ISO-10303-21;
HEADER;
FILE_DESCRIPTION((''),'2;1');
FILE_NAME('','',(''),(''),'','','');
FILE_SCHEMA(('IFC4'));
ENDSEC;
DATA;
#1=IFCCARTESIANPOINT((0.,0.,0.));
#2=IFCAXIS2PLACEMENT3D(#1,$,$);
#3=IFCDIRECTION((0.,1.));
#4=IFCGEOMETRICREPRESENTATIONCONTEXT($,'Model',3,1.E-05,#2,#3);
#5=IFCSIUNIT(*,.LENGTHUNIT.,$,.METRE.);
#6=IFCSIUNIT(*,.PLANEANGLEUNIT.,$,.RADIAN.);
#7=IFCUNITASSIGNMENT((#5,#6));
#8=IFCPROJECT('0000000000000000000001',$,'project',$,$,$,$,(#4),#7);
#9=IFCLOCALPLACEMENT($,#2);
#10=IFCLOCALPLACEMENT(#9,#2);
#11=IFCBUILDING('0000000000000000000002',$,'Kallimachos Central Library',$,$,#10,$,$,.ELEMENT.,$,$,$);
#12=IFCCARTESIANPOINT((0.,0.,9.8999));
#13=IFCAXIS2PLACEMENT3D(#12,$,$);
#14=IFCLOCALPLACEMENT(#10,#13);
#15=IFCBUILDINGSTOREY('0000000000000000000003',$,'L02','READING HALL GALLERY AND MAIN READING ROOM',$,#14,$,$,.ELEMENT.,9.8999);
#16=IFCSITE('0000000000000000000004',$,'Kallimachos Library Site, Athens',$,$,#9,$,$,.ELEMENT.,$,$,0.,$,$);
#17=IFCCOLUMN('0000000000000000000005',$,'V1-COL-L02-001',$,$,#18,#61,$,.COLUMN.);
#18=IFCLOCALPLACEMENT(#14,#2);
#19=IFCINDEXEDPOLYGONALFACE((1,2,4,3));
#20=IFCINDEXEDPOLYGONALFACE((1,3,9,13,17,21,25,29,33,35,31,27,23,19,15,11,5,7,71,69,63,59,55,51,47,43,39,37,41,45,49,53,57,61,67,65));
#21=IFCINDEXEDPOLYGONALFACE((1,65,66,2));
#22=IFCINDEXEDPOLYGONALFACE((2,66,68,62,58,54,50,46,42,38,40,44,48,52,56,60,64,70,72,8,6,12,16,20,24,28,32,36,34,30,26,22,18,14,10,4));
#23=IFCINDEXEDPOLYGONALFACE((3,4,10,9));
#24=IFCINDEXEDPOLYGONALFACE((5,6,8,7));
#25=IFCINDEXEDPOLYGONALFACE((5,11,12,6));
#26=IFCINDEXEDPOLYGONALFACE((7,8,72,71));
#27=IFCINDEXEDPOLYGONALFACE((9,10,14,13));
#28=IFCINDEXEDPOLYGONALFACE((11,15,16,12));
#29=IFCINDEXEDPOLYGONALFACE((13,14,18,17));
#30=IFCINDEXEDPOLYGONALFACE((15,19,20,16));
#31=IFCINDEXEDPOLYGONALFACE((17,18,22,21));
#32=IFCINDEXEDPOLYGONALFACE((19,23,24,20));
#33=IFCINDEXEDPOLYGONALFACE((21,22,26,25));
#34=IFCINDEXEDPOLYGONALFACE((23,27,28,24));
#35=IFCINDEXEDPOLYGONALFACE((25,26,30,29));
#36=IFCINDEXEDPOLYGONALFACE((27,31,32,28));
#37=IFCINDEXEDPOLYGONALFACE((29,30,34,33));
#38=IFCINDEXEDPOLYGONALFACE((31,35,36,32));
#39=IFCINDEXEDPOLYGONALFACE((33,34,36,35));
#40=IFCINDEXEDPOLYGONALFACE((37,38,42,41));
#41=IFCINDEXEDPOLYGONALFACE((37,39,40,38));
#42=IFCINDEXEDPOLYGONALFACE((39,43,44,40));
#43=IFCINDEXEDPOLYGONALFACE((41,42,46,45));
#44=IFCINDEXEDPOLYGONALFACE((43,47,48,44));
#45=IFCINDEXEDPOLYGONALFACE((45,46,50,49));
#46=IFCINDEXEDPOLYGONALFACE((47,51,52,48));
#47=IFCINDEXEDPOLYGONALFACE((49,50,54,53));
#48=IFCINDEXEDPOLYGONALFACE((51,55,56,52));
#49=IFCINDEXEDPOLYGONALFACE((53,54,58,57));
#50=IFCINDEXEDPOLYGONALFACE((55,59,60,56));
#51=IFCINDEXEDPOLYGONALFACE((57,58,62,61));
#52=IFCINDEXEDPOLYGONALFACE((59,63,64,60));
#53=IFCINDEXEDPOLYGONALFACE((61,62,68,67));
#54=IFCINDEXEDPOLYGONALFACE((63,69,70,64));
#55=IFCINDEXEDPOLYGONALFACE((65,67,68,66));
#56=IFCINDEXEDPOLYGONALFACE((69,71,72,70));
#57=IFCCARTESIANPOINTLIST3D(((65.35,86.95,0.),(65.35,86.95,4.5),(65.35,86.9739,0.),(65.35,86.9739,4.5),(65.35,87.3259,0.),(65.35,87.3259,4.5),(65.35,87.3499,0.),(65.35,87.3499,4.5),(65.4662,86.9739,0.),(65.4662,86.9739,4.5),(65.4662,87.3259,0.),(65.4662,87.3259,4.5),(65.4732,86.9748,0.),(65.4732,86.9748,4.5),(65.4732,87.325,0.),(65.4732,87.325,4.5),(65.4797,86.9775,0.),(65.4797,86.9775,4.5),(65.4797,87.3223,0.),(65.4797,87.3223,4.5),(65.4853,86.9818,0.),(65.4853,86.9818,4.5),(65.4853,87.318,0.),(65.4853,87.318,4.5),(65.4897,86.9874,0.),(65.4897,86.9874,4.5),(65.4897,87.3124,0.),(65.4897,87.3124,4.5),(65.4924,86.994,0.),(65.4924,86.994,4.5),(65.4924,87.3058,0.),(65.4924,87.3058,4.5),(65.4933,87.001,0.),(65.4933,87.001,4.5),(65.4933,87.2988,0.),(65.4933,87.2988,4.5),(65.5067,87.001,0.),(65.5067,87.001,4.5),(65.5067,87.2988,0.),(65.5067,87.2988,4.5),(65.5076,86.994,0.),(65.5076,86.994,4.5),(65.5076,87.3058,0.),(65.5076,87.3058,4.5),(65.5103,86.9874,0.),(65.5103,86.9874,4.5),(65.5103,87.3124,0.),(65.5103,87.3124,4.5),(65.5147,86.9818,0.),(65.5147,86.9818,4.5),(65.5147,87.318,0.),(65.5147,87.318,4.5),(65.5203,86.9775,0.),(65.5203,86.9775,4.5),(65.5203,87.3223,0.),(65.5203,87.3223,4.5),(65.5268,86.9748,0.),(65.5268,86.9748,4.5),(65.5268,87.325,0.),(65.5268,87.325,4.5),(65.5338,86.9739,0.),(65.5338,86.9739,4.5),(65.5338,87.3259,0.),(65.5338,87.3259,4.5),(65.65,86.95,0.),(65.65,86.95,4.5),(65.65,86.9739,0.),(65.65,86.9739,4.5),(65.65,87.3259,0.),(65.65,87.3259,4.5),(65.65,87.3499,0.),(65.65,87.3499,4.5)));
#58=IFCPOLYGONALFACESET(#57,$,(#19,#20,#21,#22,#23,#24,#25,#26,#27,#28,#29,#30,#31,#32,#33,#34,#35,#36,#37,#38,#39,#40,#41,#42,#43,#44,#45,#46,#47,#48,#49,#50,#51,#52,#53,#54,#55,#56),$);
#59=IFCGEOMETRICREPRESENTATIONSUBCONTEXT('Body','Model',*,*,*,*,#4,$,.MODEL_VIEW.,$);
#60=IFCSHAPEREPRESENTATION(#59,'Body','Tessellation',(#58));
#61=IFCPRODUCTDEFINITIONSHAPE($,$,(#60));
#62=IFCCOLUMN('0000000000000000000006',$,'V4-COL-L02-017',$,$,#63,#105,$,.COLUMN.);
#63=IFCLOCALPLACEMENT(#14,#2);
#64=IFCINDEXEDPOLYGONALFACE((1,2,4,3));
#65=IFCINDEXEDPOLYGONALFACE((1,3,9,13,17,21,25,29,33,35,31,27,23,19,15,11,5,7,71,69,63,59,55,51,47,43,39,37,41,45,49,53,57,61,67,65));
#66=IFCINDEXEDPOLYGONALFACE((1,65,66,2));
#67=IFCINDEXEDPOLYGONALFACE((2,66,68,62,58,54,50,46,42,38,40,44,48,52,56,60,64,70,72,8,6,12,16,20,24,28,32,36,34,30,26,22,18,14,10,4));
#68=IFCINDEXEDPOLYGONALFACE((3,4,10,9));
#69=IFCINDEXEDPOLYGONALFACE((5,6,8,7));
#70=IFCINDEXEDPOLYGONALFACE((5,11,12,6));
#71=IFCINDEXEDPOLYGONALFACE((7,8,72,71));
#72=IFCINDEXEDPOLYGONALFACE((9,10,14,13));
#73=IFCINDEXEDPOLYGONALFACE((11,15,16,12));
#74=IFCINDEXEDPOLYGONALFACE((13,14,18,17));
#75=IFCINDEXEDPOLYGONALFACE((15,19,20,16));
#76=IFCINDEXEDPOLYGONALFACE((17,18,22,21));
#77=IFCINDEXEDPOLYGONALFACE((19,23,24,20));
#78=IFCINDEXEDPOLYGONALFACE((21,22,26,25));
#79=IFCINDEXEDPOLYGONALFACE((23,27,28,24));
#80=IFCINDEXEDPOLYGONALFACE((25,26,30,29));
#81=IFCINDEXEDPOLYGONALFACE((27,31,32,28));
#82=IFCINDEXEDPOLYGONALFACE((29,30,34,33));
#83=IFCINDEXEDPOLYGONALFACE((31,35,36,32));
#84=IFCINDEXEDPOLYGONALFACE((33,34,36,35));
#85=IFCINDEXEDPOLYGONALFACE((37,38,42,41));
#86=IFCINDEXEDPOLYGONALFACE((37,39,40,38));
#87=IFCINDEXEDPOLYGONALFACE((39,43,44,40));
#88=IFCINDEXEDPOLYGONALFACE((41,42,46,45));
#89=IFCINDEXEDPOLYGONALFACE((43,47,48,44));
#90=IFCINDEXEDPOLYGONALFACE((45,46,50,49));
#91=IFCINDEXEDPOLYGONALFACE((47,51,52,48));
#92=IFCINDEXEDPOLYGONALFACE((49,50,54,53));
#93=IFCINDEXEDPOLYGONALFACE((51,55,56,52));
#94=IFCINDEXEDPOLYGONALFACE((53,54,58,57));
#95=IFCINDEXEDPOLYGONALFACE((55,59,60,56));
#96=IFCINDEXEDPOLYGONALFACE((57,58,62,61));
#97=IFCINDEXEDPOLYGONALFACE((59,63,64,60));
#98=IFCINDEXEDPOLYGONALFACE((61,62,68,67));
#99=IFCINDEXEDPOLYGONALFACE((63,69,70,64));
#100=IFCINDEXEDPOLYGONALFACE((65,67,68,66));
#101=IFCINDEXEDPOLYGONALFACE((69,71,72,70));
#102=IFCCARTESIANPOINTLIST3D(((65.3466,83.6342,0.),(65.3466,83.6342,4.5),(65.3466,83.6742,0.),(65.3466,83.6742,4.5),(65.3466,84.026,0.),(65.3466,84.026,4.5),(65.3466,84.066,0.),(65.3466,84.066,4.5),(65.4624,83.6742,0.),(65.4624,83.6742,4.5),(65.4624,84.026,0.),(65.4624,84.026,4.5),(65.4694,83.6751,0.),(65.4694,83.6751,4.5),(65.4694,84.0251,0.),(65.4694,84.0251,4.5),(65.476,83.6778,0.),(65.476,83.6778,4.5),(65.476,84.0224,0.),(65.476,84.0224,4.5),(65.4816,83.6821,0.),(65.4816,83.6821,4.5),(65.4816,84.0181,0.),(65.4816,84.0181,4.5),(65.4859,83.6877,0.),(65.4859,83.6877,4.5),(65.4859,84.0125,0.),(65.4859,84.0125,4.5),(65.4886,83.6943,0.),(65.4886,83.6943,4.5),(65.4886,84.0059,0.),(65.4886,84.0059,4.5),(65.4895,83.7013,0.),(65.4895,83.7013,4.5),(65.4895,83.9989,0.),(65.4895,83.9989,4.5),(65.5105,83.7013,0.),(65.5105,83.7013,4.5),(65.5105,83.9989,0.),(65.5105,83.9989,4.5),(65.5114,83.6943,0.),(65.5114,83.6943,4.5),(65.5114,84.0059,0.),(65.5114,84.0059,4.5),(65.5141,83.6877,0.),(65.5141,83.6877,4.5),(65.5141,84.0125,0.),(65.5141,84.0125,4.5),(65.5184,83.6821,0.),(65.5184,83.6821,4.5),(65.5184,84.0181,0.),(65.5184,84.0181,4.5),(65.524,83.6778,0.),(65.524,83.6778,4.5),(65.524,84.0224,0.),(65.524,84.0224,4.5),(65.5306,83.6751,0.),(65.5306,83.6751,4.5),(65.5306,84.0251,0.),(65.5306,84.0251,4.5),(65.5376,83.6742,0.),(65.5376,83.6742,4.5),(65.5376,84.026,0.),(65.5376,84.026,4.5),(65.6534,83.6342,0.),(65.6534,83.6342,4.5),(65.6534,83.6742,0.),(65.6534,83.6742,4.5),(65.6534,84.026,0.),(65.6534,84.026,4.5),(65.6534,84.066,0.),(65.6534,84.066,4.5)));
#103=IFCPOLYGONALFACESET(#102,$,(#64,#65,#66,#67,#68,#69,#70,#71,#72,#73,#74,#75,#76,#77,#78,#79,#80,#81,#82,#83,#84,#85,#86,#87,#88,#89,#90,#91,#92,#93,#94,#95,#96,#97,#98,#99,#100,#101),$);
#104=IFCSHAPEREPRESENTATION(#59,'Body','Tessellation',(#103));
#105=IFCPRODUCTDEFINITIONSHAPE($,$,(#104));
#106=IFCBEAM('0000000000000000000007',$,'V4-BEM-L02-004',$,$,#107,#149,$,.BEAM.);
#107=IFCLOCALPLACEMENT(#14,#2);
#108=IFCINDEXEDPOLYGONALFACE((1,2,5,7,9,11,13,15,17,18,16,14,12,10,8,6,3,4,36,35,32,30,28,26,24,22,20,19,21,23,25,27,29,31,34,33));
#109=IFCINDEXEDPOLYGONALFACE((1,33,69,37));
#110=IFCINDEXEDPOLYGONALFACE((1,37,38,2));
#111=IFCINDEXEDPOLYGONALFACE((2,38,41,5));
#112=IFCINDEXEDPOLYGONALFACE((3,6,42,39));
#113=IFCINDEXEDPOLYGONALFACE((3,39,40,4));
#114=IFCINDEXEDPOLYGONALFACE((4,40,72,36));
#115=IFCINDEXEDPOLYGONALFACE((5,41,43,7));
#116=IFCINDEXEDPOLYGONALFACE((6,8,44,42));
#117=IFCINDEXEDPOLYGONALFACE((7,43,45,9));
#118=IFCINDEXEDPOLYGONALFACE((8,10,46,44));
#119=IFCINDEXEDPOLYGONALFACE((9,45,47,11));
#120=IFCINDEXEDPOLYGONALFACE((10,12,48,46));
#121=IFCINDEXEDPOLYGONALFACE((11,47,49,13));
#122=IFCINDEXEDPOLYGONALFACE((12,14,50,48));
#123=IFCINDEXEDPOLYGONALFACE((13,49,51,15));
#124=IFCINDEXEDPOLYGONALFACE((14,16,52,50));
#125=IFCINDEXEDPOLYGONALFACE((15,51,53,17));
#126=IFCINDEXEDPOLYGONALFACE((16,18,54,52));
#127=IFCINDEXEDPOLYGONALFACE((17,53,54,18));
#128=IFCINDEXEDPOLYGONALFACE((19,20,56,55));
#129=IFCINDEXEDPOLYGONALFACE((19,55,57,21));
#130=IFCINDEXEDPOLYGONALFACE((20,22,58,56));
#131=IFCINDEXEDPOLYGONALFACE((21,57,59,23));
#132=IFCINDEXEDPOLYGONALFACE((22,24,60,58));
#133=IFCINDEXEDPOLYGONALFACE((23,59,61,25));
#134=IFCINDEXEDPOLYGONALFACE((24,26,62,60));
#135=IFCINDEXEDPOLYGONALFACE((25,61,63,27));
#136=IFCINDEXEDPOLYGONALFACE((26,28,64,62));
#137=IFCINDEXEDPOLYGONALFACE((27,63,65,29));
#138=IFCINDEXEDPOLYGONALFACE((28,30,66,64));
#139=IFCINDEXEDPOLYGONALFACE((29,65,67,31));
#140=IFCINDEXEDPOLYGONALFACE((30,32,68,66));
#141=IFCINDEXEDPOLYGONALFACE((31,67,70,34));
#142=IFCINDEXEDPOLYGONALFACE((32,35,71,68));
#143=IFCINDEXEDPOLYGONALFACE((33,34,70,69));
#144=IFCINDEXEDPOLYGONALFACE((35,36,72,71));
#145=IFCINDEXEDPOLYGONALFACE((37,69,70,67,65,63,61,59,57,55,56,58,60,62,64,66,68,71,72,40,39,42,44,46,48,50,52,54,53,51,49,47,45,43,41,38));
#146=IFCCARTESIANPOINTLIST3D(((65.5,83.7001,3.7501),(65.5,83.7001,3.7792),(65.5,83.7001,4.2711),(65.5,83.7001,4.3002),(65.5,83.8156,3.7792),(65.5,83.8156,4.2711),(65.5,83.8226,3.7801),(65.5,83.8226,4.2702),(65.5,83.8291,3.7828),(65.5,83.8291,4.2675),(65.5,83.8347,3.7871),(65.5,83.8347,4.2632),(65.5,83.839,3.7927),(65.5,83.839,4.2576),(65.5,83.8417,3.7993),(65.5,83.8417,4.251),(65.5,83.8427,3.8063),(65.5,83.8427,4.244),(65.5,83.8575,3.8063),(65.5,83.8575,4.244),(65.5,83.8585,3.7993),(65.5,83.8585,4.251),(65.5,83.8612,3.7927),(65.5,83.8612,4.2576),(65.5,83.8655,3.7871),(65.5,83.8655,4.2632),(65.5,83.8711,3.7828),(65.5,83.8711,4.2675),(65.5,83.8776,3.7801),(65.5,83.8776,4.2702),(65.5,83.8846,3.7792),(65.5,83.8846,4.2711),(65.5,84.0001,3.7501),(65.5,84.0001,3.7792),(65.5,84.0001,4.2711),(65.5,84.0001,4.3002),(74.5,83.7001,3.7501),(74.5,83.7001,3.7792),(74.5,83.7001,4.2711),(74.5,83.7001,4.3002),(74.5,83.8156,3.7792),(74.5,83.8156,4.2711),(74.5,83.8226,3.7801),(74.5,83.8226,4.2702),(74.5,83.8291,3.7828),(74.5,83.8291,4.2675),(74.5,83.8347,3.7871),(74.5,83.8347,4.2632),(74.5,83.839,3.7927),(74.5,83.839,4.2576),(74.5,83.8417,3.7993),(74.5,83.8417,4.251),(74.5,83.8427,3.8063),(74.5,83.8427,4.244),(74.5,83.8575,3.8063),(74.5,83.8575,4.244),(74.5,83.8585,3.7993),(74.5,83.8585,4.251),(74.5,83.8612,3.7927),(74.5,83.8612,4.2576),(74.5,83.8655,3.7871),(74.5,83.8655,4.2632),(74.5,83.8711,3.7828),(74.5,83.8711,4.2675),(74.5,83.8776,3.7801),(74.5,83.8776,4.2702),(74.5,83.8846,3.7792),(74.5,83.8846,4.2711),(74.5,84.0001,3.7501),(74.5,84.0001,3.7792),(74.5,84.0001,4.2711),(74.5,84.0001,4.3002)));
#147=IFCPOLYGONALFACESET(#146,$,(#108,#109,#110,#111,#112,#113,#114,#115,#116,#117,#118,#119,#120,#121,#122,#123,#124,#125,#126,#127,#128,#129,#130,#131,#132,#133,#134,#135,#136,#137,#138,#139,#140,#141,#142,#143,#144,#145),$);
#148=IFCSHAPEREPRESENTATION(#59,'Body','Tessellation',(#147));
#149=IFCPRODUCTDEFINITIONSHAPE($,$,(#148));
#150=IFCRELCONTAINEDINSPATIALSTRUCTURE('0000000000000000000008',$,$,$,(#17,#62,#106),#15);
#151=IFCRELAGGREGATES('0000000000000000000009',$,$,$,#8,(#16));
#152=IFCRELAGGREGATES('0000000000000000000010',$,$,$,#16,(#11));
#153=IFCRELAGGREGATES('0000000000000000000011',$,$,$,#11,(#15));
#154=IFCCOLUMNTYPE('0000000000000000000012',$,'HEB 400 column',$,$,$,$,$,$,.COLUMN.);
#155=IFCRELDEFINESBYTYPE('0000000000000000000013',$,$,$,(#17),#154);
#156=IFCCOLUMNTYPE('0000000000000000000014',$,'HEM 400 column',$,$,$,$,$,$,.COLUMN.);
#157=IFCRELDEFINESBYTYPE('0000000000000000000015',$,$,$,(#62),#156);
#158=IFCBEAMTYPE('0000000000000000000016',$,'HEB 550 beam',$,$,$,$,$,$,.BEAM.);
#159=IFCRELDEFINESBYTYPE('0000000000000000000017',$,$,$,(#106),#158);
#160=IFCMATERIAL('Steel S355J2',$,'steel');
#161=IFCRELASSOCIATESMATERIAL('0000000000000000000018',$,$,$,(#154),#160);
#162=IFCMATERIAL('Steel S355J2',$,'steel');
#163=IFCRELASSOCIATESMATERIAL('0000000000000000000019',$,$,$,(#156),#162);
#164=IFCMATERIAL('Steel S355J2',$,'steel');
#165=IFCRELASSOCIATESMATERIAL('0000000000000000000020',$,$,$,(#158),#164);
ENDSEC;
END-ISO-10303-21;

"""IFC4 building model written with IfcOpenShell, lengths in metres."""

from ifc_helpers import new_model, si_unit, direction, frame, origin, origin_2d, place, context, subcontext, project, spatial, i_section, extrude, material, material_profile, profile_set, type_object, element, save


model = new_model("IFC4")

# Units and contexts
model_context = context("Model", 3, precision=1e-05, world=origin(), true_north=direction((0.0, 1.0)))
body_context = subcontext(model_context, "Body", "Model", "MODEL_VIEW")
ifc_project = project(units=[si_unit("LENGTHUNIT", "METRE"), si_unit("PLANEANGLEUNIT", "RADIAN")], contexts=[model_context])

# Site, building, storey
site_placement = place(None, origin())
site = spatial("IfcSite", under=ifc_project, at=site_placement, Name="Kallimachos Library Site, Athens", CompositionType="ELEMENT", RefElevation=0.0)
building_placement = place(site_placement, origin())
building = spatial("IfcBuilding", under=site, at=building_placement, Name="Kallimachos Central Library", CompositionType="ELEMENT")
storey_placement = place(building_placement, frame((0.0, 0.0, 9.8999)))
storey = spatial("IfcBuildingStorey", under=building, at=storey_placement, Name="L02", Description="READING HALL GALLERY AND MAIN READING ROOM", CompositionType="ELEMENT", Elevation=9.8999)

# Columns
ifc_material_1 = material(Name="Steel S355J2", Category="steel")
ifc_material_profile_1 = material_profile(ifc_material_1, i_section(OverallWidth=0.3, OverallDepth=0.3999, WebThickness=0.0134, FlangeThickness=0.0239, FilletRadius=0.0271, at=origin_2d()), Name="HEB 400")
ifc_profile_set_1 = profile_set([ifc_material_profile_1], Name="Steel S355J2")
column_type_1 = type_object("IfcColumnType", Name="HEB 400 column", PredefinedType="COLUMN", material=ifc_profile_set_1)
column_1_placement = place(storey_placement, frame((65.5, 87.1499, 0.0), z_axis=(0.0, 0.0, 1.0), x_axis=(1.0, 0.0, 0.0)))
element("IfcColumn", 1, at=column_1_placement, inside=storey, type_object=column_type_1, Name="V1-COL-L02-001", PredefinedType="COLUMN", context=body_context, shape_type="SweptSolid", body=[
    extrude(i_section(OverallWidth=0.3, OverallDepth=0.3999, WebThickness=0.0134, FlangeThickness=0.0239, FilletRadius=0.0271, at=origin_2d()), origin(), (0.0, 0.0, 1.0), 4.5),
])
ifc_material_2 = material(Name="Steel S355J2", Category="steel")
ifc_material_profile_2 = material_profile(ifc_material_2, i_section(OverallWidth=0.3069, OverallDepth=0.4319, WebThickness=0.021, FlangeThickness=0.04, FilletRadius=0.0271, at=origin_2d()), Name="HEM 400")
ifc_profile_set_2 = profile_set([ifc_material_profile_2], Name="Steel S355J2")
column_type_2 = type_object("IfcColumnType", Name="HEM 400 column", PredefinedType="COLUMN", material=ifc_profile_set_2)
column_2_placement = place(storey_placement, frame((65.5, 83.8501, 0.0), z_axis=(0.0, 0.0, 1.0), x_axis=(1.0, 0.0, 0.0)))
element("IfcColumn", 2, at=column_2_placement, inside=storey, type_object=column_type_2, Name="V4-COL-L02-017", PredefinedType="COLUMN", context=body_context, shape_type="SweptSolid", body=[
    extrude(i_section(OverallWidth=0.3069, OverallDepth=0.4319, WebThickness=0.021, FlangeThickness=0.04, FilletRadius=0.0271, at=origin_2d()), origin(), (0.0, 0.0, 1.0), 4.5),
])

# Beam
ifc_material_3 = material(Name="Steel S355J2", Category="steel")
ifc_material_profile_3 = material_profile(ifc_material_3, i_section(OverallWidth=0.3, OverallDepth=0.55, WebThickness=0.0149, FlangeThickness=0.0291, FilletRadius=0.0271, at=origin_2d()), Name="HEB 550")
ifc_profile_set_3 = profile_set([ifc_material_profile_3], Name="Steel S355J2")
beam_type = type_object("IfcBeamType", Name="HEB 550 beam", PredefinedType="BEAM", material=ifc_profile_set_3)
beam_placement = place(storey_placement, frame((65.5, 83.8501, 4.0251), z_axis=(1.0, 0.0, 0.0), x_axis=(0.0, 1.0, 0.0)))
element("IfcBeam", 3, at=beam_placement, inside=storey, type_object=beam_type, Name="V4-BEM-L02-004", PredefinedType="BEAM", context=body_context, shape_type="SweptSolid", body=[
    extrude(i_section(OverallWidth=0.3, OverallDepth=0.55, WebThickness=0.0149, FlangeThickness=0.0291, FilletRadius=0.0271, at=origin_2d()), origin(), (0.0, 0.0, 1.0), 9.0),
])

save(model, "model.ifc")
